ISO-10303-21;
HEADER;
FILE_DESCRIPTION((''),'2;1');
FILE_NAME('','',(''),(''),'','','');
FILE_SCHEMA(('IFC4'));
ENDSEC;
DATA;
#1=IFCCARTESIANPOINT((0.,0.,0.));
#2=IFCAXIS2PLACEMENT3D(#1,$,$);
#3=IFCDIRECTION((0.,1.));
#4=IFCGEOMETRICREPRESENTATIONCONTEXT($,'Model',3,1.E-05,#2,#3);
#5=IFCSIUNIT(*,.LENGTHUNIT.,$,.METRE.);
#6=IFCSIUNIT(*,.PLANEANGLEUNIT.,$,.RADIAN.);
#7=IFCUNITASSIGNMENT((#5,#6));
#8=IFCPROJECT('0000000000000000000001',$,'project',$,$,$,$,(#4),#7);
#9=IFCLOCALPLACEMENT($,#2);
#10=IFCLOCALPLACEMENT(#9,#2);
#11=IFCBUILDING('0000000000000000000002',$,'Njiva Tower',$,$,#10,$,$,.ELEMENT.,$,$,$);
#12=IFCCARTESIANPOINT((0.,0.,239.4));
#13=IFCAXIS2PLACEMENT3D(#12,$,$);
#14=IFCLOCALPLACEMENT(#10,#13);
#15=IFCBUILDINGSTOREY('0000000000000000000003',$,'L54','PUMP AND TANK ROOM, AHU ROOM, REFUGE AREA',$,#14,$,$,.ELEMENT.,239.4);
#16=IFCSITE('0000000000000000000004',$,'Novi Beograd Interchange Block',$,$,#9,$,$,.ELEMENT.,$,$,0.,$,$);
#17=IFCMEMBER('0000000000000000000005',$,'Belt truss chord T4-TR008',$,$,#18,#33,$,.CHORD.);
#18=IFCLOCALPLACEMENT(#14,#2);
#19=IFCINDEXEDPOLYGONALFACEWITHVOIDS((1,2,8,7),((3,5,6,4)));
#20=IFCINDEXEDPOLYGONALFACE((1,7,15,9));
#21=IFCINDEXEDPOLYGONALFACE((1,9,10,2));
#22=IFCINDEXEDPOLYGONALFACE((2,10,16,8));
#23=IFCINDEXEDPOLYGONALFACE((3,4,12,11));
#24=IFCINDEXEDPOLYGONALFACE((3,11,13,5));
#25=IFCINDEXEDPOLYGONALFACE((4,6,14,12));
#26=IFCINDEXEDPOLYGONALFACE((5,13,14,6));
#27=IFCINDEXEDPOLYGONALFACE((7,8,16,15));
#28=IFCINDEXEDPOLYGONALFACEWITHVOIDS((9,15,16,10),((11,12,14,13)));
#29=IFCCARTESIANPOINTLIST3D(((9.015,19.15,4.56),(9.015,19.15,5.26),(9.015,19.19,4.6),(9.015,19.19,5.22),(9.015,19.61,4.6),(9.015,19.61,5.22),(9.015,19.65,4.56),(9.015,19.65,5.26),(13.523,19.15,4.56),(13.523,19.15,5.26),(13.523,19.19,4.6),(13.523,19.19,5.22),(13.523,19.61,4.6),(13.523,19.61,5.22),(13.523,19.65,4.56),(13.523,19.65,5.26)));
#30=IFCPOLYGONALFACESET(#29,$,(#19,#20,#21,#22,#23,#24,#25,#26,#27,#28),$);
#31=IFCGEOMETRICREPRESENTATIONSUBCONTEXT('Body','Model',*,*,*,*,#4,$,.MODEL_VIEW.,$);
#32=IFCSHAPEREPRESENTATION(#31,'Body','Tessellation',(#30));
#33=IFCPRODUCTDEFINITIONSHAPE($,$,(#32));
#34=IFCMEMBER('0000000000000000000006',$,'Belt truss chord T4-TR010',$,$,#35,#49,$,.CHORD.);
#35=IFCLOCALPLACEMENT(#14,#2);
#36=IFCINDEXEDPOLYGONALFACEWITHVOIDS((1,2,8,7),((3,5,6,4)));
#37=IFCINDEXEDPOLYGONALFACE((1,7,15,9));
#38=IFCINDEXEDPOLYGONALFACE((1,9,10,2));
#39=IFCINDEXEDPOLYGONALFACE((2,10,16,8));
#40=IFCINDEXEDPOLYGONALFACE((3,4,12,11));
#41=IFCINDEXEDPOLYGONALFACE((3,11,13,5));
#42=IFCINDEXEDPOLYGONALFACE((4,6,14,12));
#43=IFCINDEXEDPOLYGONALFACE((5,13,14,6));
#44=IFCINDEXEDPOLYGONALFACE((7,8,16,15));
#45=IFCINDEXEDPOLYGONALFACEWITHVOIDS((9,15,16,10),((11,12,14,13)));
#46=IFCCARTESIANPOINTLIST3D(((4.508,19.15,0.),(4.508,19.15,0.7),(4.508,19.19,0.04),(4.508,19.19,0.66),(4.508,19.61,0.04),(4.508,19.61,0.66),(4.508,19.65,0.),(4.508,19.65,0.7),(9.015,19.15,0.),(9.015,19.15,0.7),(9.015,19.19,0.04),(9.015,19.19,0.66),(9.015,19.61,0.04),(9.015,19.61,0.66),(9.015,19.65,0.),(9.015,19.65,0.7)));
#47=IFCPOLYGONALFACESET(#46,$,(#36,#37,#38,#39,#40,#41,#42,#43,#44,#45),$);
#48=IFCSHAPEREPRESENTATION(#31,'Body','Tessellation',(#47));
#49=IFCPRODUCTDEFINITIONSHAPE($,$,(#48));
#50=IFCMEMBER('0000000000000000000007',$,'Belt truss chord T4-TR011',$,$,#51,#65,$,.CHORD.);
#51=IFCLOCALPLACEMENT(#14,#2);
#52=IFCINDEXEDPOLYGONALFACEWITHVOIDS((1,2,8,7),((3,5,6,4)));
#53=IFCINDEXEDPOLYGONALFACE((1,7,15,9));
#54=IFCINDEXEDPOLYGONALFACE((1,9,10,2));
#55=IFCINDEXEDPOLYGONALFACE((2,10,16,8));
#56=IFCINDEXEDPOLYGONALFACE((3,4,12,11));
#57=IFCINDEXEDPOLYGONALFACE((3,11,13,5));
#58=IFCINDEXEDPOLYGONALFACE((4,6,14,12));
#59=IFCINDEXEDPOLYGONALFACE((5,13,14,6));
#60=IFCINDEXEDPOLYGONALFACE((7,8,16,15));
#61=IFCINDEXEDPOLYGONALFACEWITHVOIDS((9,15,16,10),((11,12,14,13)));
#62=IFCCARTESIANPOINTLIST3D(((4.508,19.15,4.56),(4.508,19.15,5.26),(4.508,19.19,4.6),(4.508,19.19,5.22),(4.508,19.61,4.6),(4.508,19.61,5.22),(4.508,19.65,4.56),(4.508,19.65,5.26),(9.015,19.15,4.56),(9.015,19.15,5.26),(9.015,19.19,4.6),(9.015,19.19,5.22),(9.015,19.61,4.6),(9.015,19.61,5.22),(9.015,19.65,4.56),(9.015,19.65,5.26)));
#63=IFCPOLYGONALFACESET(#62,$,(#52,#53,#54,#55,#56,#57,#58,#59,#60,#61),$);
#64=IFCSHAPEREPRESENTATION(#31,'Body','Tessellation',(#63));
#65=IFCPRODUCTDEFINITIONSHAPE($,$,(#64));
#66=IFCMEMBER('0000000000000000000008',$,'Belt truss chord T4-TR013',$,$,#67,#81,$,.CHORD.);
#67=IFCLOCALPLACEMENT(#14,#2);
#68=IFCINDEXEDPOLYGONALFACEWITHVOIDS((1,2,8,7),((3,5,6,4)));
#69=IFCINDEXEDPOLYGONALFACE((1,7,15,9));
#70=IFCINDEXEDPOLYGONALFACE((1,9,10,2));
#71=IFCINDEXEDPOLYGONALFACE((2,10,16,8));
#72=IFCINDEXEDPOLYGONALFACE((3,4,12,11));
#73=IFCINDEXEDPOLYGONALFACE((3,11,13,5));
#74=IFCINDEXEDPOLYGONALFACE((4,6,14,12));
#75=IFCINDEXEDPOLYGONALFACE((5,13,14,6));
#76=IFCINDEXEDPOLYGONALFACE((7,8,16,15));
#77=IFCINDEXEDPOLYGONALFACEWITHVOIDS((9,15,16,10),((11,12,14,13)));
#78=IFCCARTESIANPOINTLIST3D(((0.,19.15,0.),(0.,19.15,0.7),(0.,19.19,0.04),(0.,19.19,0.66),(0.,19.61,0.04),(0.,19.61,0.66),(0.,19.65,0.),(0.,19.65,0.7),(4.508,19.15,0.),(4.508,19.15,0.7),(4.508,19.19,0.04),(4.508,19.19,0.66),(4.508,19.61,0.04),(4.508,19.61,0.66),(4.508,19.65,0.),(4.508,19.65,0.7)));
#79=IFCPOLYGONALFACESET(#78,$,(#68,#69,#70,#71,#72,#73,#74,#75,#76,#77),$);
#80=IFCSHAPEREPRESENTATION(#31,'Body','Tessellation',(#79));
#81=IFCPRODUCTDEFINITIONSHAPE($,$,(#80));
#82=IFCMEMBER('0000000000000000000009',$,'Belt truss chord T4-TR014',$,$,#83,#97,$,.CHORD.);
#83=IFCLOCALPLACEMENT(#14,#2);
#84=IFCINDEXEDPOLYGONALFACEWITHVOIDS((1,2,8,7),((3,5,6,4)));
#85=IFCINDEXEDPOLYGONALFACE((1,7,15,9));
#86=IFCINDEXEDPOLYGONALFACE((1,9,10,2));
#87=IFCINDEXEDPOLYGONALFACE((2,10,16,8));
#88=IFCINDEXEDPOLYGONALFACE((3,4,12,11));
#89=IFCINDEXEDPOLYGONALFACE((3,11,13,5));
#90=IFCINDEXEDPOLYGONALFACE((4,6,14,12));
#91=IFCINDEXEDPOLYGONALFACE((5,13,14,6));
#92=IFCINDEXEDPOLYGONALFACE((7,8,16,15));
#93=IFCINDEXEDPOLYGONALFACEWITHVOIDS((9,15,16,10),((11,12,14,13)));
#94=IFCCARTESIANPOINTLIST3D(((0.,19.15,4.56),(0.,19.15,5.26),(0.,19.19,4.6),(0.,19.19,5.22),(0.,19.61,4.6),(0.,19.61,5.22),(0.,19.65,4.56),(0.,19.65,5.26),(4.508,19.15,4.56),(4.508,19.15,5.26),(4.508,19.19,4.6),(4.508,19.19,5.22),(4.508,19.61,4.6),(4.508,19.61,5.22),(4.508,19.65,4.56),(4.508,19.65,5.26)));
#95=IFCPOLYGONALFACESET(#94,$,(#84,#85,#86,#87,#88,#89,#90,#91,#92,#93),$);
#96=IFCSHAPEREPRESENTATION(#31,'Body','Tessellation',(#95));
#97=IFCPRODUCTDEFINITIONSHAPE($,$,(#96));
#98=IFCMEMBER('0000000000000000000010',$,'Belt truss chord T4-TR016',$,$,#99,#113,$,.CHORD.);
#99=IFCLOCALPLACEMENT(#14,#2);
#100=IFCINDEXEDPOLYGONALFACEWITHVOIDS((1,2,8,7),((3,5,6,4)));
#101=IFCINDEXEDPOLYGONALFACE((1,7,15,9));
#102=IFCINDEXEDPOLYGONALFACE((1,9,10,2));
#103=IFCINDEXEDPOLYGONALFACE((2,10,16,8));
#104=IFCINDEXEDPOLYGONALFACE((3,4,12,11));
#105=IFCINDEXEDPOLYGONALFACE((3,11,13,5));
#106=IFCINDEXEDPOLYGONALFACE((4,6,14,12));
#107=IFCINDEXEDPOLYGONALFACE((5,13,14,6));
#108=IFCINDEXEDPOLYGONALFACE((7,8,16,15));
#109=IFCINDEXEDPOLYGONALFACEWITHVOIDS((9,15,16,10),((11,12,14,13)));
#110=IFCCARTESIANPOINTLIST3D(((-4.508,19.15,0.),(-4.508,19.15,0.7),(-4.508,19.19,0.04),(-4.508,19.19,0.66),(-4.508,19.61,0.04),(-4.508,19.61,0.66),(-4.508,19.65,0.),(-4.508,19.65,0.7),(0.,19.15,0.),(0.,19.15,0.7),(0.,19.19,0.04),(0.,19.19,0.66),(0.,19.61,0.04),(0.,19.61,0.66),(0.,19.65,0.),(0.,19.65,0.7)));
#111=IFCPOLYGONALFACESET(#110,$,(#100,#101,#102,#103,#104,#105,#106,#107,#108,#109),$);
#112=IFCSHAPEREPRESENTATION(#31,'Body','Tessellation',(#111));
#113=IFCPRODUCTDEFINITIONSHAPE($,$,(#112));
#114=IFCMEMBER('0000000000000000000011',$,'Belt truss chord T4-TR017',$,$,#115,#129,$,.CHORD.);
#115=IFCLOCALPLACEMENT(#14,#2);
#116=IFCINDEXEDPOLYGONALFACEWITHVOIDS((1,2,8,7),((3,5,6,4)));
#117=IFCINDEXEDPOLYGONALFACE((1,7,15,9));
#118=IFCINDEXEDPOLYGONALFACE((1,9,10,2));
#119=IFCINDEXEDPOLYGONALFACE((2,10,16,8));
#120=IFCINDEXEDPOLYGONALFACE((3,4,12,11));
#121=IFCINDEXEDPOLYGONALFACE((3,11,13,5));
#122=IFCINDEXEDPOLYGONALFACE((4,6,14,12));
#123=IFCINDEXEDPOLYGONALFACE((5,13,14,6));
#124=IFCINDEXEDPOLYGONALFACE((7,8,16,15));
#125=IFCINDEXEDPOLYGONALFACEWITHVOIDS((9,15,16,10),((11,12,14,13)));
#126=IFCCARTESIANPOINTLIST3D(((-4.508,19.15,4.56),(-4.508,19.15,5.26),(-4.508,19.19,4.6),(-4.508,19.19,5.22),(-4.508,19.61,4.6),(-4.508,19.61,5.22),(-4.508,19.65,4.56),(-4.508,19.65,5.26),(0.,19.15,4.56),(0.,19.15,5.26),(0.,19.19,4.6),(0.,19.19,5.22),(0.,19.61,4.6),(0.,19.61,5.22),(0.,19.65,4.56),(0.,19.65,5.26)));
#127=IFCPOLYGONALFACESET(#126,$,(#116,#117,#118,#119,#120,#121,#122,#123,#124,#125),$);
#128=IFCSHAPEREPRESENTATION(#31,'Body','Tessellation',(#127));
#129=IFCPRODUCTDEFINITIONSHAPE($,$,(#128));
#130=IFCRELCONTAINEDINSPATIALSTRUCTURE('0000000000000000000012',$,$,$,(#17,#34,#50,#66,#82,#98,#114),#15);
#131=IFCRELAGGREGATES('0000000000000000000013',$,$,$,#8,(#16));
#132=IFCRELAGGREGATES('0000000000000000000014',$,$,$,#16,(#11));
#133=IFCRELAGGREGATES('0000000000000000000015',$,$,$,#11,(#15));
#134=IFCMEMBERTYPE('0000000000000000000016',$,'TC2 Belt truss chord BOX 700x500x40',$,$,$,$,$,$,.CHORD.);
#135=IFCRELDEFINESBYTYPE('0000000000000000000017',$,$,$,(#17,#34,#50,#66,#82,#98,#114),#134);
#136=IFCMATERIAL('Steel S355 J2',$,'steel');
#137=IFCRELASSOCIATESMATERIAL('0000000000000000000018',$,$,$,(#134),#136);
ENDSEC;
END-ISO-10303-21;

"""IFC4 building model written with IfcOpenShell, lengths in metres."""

from ifc_helpers import new_model, si_unit, direction, frame, origin, origin_2d, place, context, subcontext, project, spatial, hollow_rectangle, extrude, material, material_profile, profile_set, type_object, element, save


model = new_model("IFC4")

# Units and contexts
model_context = context("Model", 3, precision=1e-05, world=origin(), true_north=direction((0.0, 1.0)))
body_context = subcontext(model_context, "Body", "Model", "MODEL_VIEW")
ifc_project = project(units=[si_unit("LENGTHUNIT", "METRE"), si_unit("PLANEANGLEUNIT", "RADIAN")], contexts=[model_context])

# Site, building, storey
site_placement = place(None, origin())
site = spatial("IfcSite", under=ifc_project, at=site_placement, Name="Novi Beograd Interchange Block", CompositionType="ELEMENT", RefElevation=0.0)
building_placement = place(site_placement, origin())
building = spatial("IfcBuilding", under=site, at=building_placement, Name="Njiva Tower", CompositionType="ELEMENT")
storey_placement = place(building_placement, frame((0.0, 0.0, 239.4)))
storey = spatial("IfcBuildingStorey", under=building, at=storey_placement, Name="L54", Description="PUMP AND TANK ROOM, AHU ROOM, REFUGE AREA", CompositionType="ELEMENT", Elevation=239.4)

# Shared definitions
ifc_material_1 = material(Name="Steel S355 J2", Category="steel")

# Members
ifc_material_profile_1 = material_profile(ifc_material_1, hollow_rectangle(XDim=0.5, YDim=0.7, WallThickness=0.04, at=origin_2d()), Name="BOX 700x500x40")
ifc_profile_set_1 = profile_set([ifc_material_profile_1], Name="Steel S355 J2")
member_type_1 = type_object("IfcMemberType", Name="TC2 Belt truss chord BOX 700x500x40", PredefinedType="CHORD", material=ifc_profile_set_1)
for number, where, z_axis, x_axis, name in (
    (1, (13.523, 19.4, 4.91), (-1.0, 0.0, 0.0), (0.0, -1.0, 0.0), "Belt truss chord T4-TR008"),
):
    element("IfcMember", number, at=place(storey_placement, frame(where, z_axis=z_axis, x_axis=x_axis)), inside=storey, type_object=member_type_1, Name=name, PredefinedType="CHORD", context=body_context, shape_type="SweptSolid", body=[
        extrude(hollow_rectangle(XDim=0.5, YDim=0.7, WallThickness=0.04, at=origin_2d()), origin(), (0.0, 0.0, 1.0), 4.508),
    ])
for number, where, z_axis, x_axis, name in (
    (2, (9.015, 19.4, 0.35), (-1.0, 0.0, 0.0), (0.0, -1.0, 0.0), "Belt truss chord T4-TR010"),
    (3, (9.015, 19.4, 4.91), (-1.0, 0.0, 0.0), (0.0, -1.0, 0.0), "Belt truss chord T4-TR011"),
):
    element("IfcMember", number, at=place(storey_placement, frame(where, z_axis=z_axis, x_axis=x_axis)), inside=storey, type_object=member_type_1, Name=name, PredefinedType="CHORD", context=body_context, shape_type="SweptSolid", body=[
        extrude(hollow_rectangle(XDim=0.5, YDim=0.7, WallThickness=0.04, at=origin_2d()), origin(), (0.0, 0.0, 1.0), 4.507),
    ])
for number, where, z_axis, x_axis, name in (
    (4, (4.508, 19.4, 0.35), (-1.0, 0.0, 0.0), (0.0, -1.0, 0.0), "Belt truss chord T4-TR013"),
    (5, (4.508, 19.4, 4.91), (-1.0, 0.0, 0.0), (0.0, -1.0, 0.0), "Belt truss chord T4-TR014"),
    (6, (0.0, 19.4, 0.35), (-1.0, 0.0, 0.0), (0.0, -1.0, 0.0), "Belt truss chord T4-TR016"),
    (7, (0.0, 19.4, 4.91), (-1.0, 0.0, 0.0), (0.0, -1.0, 0.0), "Belt truss chord T4-TR017"),
):
    element("IfcMember", number, at=place(storey_placement, frame(where, z_axis=z_axis, x_axis=x_axis)), inside=storey, type_object=member_type_1, Name=name, PredefinedType="CHORD", context=body_context, shape_type="SweptSolid", body=[
        extrude(hollow_rectangle(XDim=0.5, YDim=0.7, WallThickness=0.04, at=origin_2d()), origin(), (0.0, 0.0, 1.0), 4.508),
    ])

save(model, "model.ifc")
